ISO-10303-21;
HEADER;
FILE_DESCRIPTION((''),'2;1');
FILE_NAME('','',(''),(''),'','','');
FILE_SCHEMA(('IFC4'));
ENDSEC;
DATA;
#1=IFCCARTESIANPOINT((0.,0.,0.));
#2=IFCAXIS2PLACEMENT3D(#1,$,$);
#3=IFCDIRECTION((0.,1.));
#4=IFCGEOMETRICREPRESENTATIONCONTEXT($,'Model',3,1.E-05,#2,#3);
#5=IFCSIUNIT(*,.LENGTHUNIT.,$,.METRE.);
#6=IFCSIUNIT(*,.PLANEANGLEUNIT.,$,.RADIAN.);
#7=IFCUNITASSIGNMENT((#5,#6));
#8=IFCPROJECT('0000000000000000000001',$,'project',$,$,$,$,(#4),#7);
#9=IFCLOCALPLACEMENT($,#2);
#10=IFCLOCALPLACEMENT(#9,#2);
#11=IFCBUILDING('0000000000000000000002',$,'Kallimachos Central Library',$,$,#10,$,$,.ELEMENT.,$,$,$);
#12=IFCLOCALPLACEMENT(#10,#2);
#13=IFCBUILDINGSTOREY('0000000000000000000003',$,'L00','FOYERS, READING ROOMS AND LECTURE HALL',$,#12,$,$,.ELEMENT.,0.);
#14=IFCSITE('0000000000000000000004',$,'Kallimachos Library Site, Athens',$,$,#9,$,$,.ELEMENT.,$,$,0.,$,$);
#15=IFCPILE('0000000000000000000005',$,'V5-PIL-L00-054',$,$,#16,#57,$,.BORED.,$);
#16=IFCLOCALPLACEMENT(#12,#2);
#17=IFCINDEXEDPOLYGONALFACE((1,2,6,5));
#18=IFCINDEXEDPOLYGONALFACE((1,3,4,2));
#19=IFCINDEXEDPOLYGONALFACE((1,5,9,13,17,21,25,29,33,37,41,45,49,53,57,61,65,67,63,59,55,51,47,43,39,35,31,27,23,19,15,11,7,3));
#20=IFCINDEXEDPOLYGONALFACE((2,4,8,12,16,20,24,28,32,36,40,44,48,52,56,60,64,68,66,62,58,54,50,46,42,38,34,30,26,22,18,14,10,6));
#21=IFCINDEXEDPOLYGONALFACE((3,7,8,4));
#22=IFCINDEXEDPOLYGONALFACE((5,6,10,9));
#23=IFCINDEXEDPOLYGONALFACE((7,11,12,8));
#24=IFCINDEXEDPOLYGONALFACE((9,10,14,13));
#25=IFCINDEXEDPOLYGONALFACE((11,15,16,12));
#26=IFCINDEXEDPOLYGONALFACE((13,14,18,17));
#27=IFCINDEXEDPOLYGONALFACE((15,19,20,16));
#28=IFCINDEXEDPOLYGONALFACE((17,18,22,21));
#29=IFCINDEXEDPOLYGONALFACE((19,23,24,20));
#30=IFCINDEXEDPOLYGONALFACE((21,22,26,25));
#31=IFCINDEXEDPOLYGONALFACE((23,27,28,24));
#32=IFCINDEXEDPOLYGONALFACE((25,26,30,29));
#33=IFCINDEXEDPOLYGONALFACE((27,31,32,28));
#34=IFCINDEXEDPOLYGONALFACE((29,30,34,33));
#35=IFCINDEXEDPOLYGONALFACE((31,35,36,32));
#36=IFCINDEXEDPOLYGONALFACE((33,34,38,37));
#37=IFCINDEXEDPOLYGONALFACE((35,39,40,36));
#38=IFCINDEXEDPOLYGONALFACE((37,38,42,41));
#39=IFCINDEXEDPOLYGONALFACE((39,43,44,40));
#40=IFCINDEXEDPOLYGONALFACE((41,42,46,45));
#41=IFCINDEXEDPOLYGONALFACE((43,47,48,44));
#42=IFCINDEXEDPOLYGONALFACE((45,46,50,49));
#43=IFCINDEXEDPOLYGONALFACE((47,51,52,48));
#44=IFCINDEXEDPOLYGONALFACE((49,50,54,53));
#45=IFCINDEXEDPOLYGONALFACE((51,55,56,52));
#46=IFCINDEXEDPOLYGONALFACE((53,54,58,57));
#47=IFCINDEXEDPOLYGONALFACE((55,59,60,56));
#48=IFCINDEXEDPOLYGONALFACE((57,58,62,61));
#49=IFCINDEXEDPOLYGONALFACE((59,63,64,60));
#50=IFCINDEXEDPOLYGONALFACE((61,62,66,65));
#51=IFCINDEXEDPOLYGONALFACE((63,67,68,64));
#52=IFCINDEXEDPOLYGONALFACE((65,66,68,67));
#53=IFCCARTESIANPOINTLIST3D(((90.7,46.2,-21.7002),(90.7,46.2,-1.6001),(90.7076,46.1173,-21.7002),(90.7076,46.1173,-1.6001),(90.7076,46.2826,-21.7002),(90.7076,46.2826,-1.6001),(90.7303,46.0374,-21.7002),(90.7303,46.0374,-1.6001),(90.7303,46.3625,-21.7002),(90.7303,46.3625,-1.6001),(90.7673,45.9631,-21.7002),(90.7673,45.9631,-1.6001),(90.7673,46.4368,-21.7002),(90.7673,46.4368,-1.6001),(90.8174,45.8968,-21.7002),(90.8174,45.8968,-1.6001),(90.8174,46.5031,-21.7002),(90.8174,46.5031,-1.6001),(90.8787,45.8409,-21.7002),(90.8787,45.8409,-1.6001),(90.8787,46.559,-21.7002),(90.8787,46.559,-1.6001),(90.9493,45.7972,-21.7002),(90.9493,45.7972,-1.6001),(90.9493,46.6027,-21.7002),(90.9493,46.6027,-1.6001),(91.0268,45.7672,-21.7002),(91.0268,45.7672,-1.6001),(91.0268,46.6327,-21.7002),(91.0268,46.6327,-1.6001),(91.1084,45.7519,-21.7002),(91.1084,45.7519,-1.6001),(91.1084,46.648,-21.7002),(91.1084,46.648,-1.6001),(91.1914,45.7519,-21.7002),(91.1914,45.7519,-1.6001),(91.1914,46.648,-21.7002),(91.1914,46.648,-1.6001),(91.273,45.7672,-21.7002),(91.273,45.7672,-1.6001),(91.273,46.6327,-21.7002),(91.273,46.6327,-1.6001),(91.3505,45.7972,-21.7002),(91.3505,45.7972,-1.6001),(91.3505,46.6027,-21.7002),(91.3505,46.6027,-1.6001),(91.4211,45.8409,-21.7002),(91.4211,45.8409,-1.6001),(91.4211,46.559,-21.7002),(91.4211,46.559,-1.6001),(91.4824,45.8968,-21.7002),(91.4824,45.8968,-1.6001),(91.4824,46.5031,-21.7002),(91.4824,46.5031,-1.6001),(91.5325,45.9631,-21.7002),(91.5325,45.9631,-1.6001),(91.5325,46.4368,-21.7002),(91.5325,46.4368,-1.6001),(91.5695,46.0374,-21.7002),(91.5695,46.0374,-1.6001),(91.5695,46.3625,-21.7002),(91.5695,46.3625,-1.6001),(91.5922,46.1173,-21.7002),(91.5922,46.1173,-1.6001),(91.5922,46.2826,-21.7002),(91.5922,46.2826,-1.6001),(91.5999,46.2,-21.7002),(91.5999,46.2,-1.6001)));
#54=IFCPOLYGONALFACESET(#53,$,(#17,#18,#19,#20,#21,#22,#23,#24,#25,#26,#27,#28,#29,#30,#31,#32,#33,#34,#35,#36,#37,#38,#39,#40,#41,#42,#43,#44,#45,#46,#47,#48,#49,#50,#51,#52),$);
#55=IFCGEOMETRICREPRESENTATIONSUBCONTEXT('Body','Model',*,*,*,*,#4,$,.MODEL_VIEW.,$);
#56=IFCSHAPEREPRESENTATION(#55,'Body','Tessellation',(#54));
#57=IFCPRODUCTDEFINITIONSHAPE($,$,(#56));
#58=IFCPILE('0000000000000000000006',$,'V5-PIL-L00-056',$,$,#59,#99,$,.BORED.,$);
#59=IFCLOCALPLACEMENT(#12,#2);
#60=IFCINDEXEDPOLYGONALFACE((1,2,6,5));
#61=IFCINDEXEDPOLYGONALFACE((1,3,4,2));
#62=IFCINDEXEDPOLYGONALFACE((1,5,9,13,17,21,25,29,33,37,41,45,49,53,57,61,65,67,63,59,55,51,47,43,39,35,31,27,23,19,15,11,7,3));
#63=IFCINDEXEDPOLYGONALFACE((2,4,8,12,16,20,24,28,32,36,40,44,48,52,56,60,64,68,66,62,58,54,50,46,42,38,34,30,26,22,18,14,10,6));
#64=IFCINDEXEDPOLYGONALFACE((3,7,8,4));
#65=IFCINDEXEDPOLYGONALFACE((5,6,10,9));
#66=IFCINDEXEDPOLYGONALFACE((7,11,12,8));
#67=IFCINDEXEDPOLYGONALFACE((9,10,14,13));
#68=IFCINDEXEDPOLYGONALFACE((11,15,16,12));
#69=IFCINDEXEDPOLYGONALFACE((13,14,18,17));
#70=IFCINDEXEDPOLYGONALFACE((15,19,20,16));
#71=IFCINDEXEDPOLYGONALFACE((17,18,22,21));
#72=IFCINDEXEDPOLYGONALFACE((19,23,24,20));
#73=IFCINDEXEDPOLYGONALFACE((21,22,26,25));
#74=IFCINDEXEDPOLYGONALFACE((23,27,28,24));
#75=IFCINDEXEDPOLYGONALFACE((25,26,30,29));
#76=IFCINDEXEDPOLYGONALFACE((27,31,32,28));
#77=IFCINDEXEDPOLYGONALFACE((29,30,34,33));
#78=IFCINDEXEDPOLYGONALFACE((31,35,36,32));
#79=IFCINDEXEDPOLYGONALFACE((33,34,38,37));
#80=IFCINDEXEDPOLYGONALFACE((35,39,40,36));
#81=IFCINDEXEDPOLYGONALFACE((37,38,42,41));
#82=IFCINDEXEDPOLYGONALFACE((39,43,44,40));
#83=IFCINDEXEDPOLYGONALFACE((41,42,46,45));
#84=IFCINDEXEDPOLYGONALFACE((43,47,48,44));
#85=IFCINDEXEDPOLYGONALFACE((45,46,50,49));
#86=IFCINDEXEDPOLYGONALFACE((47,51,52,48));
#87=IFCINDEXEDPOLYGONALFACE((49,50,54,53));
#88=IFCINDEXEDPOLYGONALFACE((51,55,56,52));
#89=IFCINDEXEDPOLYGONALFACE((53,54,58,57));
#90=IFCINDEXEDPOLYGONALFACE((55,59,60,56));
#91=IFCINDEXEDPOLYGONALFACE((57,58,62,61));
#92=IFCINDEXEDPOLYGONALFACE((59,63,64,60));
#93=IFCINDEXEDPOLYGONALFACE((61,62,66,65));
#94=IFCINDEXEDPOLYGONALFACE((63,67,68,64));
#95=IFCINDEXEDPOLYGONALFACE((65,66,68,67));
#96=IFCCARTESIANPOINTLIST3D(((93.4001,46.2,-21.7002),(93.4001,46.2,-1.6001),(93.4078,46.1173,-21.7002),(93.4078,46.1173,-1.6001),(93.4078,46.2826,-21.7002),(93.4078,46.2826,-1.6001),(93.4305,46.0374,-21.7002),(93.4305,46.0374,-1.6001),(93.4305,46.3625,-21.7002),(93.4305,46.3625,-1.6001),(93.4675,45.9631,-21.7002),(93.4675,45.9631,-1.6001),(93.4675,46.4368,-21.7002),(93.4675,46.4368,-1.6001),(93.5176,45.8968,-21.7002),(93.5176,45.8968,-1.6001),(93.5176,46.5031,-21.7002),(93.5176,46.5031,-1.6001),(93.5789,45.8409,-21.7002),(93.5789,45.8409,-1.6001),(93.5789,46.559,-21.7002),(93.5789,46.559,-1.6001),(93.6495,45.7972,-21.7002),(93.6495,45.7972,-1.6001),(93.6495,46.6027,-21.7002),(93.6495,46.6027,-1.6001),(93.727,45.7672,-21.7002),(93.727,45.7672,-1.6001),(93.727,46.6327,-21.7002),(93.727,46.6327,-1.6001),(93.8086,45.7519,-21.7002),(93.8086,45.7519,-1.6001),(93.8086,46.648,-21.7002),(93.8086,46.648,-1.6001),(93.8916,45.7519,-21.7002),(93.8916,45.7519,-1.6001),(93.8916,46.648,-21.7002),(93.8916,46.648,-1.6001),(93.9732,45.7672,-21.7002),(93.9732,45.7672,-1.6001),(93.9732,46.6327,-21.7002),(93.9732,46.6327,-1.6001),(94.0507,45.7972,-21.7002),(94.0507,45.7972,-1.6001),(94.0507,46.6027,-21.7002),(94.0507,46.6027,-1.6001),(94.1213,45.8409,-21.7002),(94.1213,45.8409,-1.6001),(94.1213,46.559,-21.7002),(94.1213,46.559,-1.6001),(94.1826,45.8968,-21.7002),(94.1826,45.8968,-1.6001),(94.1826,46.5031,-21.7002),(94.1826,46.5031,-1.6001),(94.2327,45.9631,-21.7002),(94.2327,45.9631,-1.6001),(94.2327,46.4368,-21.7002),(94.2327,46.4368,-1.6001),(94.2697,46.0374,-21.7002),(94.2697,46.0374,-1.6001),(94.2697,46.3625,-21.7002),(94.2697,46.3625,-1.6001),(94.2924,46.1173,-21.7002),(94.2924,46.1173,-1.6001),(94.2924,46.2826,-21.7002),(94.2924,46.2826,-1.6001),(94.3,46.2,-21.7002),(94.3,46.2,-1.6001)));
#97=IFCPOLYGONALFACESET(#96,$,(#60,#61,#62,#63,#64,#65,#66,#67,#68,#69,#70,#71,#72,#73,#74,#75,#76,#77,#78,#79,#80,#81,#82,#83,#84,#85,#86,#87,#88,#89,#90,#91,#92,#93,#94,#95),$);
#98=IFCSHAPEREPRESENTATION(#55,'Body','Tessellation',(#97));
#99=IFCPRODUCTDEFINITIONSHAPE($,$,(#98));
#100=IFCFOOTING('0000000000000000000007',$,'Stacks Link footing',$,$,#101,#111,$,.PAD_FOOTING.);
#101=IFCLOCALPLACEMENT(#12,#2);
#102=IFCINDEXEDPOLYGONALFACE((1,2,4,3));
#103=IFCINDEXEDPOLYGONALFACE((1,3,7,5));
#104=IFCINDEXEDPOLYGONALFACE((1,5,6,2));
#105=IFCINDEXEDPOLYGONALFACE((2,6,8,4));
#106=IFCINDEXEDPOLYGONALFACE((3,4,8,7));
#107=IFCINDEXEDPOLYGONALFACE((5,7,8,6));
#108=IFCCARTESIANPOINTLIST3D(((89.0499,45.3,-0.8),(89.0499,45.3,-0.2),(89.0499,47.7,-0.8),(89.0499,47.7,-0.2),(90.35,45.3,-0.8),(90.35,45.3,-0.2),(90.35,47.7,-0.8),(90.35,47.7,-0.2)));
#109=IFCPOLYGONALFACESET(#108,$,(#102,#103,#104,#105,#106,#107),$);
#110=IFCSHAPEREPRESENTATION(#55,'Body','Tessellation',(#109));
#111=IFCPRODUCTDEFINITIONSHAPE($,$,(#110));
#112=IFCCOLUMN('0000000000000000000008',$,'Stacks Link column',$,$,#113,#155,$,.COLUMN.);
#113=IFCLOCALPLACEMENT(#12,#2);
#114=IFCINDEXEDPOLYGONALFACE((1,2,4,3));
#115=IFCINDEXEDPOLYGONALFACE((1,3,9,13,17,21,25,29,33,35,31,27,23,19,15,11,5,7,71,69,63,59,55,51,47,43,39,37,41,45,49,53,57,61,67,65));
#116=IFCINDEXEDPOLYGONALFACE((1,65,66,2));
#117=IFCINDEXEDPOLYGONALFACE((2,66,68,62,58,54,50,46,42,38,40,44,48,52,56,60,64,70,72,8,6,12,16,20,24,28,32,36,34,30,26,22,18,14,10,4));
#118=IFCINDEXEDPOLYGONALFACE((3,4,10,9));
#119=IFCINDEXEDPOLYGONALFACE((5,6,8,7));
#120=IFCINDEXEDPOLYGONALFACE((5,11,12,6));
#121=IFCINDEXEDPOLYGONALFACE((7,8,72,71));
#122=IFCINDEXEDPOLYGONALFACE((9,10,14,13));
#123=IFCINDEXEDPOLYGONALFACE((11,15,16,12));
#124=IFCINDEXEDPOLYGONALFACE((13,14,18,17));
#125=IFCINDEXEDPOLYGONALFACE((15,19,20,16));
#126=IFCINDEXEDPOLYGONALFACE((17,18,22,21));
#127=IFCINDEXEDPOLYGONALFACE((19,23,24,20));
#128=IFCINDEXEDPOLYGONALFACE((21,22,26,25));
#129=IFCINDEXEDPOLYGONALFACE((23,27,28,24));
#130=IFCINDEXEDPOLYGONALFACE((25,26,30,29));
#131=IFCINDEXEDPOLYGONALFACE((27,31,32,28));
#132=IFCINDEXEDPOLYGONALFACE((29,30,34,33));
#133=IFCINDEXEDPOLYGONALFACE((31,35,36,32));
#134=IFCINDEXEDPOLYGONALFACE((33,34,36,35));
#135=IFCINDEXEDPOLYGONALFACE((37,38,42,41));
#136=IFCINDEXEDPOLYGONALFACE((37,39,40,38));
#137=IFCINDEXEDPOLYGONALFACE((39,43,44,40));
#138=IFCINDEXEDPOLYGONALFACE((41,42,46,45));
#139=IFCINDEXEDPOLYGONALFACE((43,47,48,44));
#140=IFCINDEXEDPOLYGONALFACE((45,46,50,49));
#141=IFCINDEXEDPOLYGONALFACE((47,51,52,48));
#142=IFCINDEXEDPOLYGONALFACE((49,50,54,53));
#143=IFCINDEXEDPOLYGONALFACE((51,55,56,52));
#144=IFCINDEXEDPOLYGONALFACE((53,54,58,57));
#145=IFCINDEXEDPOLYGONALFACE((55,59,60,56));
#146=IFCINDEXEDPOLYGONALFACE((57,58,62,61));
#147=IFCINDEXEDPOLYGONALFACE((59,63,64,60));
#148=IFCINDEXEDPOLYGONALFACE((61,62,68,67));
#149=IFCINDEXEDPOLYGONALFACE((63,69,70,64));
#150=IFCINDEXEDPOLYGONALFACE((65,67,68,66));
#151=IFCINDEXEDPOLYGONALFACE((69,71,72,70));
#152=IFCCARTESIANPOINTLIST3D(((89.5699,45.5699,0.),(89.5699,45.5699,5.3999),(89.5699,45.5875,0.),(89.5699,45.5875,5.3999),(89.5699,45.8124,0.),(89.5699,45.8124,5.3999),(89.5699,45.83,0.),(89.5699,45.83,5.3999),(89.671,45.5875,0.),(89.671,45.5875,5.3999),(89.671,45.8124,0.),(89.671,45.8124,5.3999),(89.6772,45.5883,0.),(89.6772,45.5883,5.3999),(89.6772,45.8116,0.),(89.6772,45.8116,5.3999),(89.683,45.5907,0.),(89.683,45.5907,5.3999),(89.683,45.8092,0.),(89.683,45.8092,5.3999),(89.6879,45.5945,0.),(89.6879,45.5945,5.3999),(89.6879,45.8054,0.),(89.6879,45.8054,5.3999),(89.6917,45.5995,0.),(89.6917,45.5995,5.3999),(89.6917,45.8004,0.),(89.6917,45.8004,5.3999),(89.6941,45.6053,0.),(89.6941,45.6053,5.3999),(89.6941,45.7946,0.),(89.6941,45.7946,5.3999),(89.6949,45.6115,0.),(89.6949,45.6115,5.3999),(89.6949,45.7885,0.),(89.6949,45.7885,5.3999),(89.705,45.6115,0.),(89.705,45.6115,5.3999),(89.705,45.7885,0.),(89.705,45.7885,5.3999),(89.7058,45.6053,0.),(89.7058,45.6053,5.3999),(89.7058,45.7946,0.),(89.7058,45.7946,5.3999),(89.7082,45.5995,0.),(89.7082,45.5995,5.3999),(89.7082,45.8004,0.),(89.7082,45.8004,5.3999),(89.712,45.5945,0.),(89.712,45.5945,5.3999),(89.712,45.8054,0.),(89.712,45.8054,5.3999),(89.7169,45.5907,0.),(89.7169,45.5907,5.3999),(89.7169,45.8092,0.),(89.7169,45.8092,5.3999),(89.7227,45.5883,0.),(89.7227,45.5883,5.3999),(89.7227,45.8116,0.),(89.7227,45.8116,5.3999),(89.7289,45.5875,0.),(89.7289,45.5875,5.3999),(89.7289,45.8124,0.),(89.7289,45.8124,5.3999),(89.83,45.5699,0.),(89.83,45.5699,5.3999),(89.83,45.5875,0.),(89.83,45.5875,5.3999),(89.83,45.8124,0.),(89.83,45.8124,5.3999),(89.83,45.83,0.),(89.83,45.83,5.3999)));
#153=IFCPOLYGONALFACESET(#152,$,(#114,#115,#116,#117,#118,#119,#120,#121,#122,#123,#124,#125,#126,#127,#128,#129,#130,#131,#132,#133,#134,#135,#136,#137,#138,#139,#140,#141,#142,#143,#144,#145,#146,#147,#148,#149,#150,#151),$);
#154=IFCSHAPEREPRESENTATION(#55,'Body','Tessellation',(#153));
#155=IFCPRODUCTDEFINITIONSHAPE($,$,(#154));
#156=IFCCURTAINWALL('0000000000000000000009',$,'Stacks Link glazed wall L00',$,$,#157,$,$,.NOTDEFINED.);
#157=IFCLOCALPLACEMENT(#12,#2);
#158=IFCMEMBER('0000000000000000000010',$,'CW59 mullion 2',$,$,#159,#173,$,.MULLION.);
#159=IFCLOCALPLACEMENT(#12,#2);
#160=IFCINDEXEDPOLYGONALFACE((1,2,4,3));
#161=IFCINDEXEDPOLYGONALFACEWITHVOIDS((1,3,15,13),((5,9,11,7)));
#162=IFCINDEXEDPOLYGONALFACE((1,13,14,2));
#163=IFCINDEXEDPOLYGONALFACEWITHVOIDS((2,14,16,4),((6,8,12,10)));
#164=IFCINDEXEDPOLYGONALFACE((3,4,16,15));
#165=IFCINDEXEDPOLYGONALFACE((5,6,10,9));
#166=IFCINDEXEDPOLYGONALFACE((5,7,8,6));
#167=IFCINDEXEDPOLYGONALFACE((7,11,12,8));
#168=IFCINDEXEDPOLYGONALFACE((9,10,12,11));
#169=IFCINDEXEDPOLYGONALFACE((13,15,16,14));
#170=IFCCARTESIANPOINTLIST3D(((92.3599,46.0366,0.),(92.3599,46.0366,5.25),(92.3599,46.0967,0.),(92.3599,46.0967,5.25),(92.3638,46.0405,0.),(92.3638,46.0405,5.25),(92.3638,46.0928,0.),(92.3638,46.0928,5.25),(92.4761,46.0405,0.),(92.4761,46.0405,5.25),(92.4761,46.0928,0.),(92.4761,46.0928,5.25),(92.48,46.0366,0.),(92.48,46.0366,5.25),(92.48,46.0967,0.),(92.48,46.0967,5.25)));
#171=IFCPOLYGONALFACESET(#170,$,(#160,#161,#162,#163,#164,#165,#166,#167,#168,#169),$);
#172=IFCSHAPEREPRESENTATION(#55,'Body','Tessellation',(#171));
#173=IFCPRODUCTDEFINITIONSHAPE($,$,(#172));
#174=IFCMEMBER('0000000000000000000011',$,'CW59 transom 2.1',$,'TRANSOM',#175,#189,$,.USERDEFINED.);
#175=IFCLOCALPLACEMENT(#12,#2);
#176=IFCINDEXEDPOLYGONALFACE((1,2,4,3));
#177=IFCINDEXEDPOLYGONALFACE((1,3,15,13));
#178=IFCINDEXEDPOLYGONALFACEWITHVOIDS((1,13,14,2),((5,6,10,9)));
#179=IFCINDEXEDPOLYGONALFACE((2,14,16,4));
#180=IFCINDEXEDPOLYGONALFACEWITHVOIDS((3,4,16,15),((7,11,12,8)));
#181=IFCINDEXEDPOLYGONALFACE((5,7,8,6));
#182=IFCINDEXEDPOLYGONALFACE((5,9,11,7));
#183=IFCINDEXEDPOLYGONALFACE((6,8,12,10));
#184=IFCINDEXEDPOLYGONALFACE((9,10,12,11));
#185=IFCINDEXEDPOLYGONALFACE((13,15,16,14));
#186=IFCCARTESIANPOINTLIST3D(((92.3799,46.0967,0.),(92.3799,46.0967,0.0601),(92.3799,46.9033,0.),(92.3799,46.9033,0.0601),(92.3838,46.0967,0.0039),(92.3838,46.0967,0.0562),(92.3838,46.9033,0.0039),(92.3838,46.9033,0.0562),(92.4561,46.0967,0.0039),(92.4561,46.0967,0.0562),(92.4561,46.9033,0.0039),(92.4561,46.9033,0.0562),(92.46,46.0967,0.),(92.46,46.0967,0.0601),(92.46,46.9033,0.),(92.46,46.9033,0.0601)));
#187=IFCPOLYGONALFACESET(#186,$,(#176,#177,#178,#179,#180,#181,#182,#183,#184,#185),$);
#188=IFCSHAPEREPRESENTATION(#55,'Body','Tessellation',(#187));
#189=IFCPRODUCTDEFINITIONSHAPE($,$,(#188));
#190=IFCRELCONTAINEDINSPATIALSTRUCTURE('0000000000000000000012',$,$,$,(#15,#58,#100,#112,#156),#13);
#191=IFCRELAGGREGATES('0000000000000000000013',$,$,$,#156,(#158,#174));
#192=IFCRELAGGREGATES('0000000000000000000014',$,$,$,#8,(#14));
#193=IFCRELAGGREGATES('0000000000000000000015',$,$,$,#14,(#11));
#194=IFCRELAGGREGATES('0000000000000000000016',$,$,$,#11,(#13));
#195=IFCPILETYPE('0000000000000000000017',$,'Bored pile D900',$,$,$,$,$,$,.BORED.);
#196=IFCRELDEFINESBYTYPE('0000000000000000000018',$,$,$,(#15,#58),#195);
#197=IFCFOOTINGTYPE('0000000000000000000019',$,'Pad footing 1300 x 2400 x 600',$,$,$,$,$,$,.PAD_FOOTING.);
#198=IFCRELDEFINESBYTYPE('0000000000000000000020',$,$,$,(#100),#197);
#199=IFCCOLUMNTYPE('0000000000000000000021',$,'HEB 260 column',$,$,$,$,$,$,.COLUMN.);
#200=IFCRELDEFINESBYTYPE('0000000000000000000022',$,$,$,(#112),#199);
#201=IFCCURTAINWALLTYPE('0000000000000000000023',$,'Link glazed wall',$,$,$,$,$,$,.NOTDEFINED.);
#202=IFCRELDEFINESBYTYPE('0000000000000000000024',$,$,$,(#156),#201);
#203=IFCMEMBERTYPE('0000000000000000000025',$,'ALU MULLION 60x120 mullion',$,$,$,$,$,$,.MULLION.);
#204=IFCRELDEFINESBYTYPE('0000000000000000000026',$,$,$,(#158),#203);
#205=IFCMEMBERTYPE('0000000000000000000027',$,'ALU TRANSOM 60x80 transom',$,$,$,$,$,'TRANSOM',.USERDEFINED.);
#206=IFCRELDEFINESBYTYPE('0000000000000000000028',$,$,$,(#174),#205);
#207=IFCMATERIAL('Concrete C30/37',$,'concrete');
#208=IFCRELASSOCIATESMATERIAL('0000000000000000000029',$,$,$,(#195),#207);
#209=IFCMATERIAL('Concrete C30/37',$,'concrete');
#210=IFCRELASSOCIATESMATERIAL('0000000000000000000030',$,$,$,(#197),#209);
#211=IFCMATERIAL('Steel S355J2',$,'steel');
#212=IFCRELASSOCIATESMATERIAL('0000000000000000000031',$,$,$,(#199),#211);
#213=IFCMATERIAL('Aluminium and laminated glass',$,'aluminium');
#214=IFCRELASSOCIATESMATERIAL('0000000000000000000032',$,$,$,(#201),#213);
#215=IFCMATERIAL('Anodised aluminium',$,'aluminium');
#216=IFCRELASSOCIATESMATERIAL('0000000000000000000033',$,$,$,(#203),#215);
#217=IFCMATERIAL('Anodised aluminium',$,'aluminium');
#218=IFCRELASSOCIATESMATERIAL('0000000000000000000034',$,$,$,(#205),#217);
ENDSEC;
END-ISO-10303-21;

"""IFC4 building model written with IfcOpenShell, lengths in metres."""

from ifc_helpers import new_model, si_unit, direction, frame, origin, origin_2d, place, context, subcontext, project, spatial, rectangle, hollow_rectangle, circle, i_section, extrude, material, material_profile, profile_set, type_object, element, aggregate, save


model = new_model("IFC4")

# Units and contexts
model_context = context("Model", 3, precision=1e-05, world=origin(), true_north=direction((0.0, 1.0)))
body_context = subcontext(model_context, "Body", "Model", "MODEL_VIEW")
ifc_project = project(units=[si_unit("LENGTHUNIT", "METRE"), si_unit("PLANEANGLEUNIT", "RADIAN")], contexts=[model_context])

# Site, building, storey
site_placement = place(None, origin())
site = spatial("IfcSite", under=ifc_project, at=site_placement, Name="Kallimachos Library Site, Athens", CompositionType="ELEMENT", RefElevation=0.0)
building_placement = place(site_placement, origin())
building = spatial("IfcBuilding", under=site, at=building_placement, Name="Kallimachos Central Library", CompositionType="ELEMENT")
storey_placement = place(building_placement, origin())
storey = spatial("IfcBuildingStorey", under=building, at=storey_placement, Name="L00", Description="FOYERS, READING ROOMS AND LECTURE HALL", CompositionType="ELEMENT", Elevation=0.0)

# Piles
ifc_material_1 = material(Name="Concrete C30/37", Category="concrete")
pile_type = type_object("IfcPileType", Name="Bored pile D900", PredefinedType="BORED", material=ifc_material_1)
for number, where, z_axis, x_axis, name in (
    (1, (91.1499, 46.2, -1.6001), (0.0, 0.0, -1.0), (1.0, 0.0, 0.0), "V5-PIL-L00-054"),
    (2, (93.8501, 46.2, -1.6001), (0.0, 0.0, -1.0), (1.0, 0.0, 0.0), "V5-PIL-L00-056"),
):
    element("IfcPile", number, at=place(storey_placement, frame(where, z_axis=z_axis, x_axis=x_axis)), inside=storey, type_object=pile_type, Name=name, PredefinedType="BORED", context=body_context, shape_type="SweptSolid", body=[
        extrude(circle(Radius=0.45, at=origin_2d()), origin(), (0.0, 0.0, 1.0), 20.1001),
    ])

# Footing
ifc_material_2 = material(Name="Concrete C30/37", Category="concrete")
footing_type = type_object("IfcFootingType", Name="Pad footing 1300 x 2400 x 600", PredefinedType="PAD_FOOTING", material=ifc_material_2)
footing_placement = place(storey_placement, frame((89.7, 46.5, -0.8), z_axis=(0.0, 0.0, 1.0), x_axis=(1.0, 0.0, 0.0)))
element("IfcFooting", 3, at=footing_placement, inside=storey, type_object=footing_type, Name="Stacks Link footing", PredefinedType="PAD_FOOTING", context=body_context, shape_type="SweptSolid", body=[
    extrude(rectangle(XDim=1.3, YDim=2.3999, at=origin_2d()), origin(), (0.0, 0.0, 1.0), 0.6001),
])

# Column
ifc_material_3 = material(Name="Steel S355J2", Category="steel")
ifc_material_profile_1 = material_profile(ifc_material_3, i_section(OverallWidth=0.26, OverallDepth=0.26, WebThickness=0.01, FlangeThickness=0.0176, FilletRadius=0.0239, at=origin_2d()), Name="HEB 260")
ifc_profile_set_1 = profile_set([ifc_material_profile_1], Name="Steel S355J2")
column_type = type_object("IfcColumnType", Name="HEB 260 column", PredefinedType="COLUMN", material=ifc_profile_set_1)
column_placement = place(storey_placement, frame((89.7, 45.7, 0.0), z_axis=(0.0, 0.0, 1.0), x_axis=(1.0, 0.0, 0.0)))
element("IfcColumn", 4, at=column_placement, inside=storey, type_object=column_type, Name="Stacks Link column", PredefinedType="COLUMN", context=body_context, shape_type="SweptSolid", body=[
    extrude(i_section(OverallWidth=0.26, OverallDepth=0.26, WebThickness=0.01, FlangeThickness=0.0176, FilletRadius=0.0239, at=origin_2d()), origin(), (0.0, 0.0, 1.0), 5.3999),
])

# Curtain wall, members
ifc_material_4 = material(Name="Aluminium and laminated glass", Category="aluminium")
curtain_wall_type = type_object("IfcCurtainWallType", Name="Link glazed wall", PredefinedType="NOTDEFINED", material=ifc_material_4)
curtain_wall_placement = place(storey_placement, origin())
curtain_wall = element("IfcCurtainWall", 5, at=curtain_wall_placement, inside=storey, type_object=curtain_wall_type, Name="Stacks Link glazed wall L00", PredefinedType="NOTDEFINED")
ifc_material_5 = material(Name="Anodised aluminium", Category="aluminium")
ifc_material_profile_2 = material_profile(ifc_material_5, hollow_rectangle(XDim=0.0601, YDim=0.1201, WallThickness=0.0039, at=origin_2d()), Name="ALU MULLION 60x120")
ifc_profile_set_2 = profile_set([ifc_material_profile_2], Name="Anodised aluminium")
member_type_1 = type_object("IfcMemberType", Name="ALU MULLION 60x120 mullion", PredefinedType="MULLION", material=ifc_profile_set_2)
member_1_placement = place(storey_placement, frame((92.4199, 46.0667, 0.0), z_axis=(0.0, 0.0, 1.0), x_axis=(0.0, 1.0, 0.0)))
member_1 = element("IfcMember", 6, at=member_1_placement, type_object=member_type_1, Name="CW59 mullion 2", PredefinedType="MULLION", context=body_context, shape_type="SweptSolid", body=[
    extrude(hollow_rectangle(XDim=0.0601, YDim=0.1201, WallThickness=0.0039, at=origin_2d()), origin(), (0.0, 0.0, 1.0), 5.25),
])
ifc_material_6 = material(Name="Anodised aluminium", Category="aluminium")
ifc_material_profile_3 = material_profile(ifc_material_6, hollow_rectangle(XDim=0.0601, YDim=0.0801, WallThickness=0.0039, at=origin_2d()), Name="ALU TRANSOM 60x80")
ifc_profile_set_3 = profile_set([ifc_material_profile_3], Name="Anodised aluminium")
member_type_2 = type_object("IfcMemberType", Name="ALU TRANSOM 60x80 transom", ElementType="TRANSOM", PredefinedType="USERDEFINED", material=ifc_profile_set_3)
member_2_placement = place(storey_placement, frame((92.4199, 46.0967, 0.03), z_axis=(0.0, 1.0, 0.0), x_axis=(0.0, 0.0, 1.0)))
member_2 = element("IfcMember", 7, at=member_2_placement, type_object=member_type_2, Name="CW59 transom 2.1", ObjectType="TRANSOM", PredefinedType="USERDEFINED", context=body_context, shape_type="SweptSolid", body=[
    extrude(hollow_rectangle(XDim=0.0601, YDim=0.0801, WallThickness=0.0039, at=origin_2d()), origin(), (0.0, 0.0, 1.0), 0.8066),
])

aggregate(curtain_wall, [member_1, member_2])

save(model, "model.ifc")
